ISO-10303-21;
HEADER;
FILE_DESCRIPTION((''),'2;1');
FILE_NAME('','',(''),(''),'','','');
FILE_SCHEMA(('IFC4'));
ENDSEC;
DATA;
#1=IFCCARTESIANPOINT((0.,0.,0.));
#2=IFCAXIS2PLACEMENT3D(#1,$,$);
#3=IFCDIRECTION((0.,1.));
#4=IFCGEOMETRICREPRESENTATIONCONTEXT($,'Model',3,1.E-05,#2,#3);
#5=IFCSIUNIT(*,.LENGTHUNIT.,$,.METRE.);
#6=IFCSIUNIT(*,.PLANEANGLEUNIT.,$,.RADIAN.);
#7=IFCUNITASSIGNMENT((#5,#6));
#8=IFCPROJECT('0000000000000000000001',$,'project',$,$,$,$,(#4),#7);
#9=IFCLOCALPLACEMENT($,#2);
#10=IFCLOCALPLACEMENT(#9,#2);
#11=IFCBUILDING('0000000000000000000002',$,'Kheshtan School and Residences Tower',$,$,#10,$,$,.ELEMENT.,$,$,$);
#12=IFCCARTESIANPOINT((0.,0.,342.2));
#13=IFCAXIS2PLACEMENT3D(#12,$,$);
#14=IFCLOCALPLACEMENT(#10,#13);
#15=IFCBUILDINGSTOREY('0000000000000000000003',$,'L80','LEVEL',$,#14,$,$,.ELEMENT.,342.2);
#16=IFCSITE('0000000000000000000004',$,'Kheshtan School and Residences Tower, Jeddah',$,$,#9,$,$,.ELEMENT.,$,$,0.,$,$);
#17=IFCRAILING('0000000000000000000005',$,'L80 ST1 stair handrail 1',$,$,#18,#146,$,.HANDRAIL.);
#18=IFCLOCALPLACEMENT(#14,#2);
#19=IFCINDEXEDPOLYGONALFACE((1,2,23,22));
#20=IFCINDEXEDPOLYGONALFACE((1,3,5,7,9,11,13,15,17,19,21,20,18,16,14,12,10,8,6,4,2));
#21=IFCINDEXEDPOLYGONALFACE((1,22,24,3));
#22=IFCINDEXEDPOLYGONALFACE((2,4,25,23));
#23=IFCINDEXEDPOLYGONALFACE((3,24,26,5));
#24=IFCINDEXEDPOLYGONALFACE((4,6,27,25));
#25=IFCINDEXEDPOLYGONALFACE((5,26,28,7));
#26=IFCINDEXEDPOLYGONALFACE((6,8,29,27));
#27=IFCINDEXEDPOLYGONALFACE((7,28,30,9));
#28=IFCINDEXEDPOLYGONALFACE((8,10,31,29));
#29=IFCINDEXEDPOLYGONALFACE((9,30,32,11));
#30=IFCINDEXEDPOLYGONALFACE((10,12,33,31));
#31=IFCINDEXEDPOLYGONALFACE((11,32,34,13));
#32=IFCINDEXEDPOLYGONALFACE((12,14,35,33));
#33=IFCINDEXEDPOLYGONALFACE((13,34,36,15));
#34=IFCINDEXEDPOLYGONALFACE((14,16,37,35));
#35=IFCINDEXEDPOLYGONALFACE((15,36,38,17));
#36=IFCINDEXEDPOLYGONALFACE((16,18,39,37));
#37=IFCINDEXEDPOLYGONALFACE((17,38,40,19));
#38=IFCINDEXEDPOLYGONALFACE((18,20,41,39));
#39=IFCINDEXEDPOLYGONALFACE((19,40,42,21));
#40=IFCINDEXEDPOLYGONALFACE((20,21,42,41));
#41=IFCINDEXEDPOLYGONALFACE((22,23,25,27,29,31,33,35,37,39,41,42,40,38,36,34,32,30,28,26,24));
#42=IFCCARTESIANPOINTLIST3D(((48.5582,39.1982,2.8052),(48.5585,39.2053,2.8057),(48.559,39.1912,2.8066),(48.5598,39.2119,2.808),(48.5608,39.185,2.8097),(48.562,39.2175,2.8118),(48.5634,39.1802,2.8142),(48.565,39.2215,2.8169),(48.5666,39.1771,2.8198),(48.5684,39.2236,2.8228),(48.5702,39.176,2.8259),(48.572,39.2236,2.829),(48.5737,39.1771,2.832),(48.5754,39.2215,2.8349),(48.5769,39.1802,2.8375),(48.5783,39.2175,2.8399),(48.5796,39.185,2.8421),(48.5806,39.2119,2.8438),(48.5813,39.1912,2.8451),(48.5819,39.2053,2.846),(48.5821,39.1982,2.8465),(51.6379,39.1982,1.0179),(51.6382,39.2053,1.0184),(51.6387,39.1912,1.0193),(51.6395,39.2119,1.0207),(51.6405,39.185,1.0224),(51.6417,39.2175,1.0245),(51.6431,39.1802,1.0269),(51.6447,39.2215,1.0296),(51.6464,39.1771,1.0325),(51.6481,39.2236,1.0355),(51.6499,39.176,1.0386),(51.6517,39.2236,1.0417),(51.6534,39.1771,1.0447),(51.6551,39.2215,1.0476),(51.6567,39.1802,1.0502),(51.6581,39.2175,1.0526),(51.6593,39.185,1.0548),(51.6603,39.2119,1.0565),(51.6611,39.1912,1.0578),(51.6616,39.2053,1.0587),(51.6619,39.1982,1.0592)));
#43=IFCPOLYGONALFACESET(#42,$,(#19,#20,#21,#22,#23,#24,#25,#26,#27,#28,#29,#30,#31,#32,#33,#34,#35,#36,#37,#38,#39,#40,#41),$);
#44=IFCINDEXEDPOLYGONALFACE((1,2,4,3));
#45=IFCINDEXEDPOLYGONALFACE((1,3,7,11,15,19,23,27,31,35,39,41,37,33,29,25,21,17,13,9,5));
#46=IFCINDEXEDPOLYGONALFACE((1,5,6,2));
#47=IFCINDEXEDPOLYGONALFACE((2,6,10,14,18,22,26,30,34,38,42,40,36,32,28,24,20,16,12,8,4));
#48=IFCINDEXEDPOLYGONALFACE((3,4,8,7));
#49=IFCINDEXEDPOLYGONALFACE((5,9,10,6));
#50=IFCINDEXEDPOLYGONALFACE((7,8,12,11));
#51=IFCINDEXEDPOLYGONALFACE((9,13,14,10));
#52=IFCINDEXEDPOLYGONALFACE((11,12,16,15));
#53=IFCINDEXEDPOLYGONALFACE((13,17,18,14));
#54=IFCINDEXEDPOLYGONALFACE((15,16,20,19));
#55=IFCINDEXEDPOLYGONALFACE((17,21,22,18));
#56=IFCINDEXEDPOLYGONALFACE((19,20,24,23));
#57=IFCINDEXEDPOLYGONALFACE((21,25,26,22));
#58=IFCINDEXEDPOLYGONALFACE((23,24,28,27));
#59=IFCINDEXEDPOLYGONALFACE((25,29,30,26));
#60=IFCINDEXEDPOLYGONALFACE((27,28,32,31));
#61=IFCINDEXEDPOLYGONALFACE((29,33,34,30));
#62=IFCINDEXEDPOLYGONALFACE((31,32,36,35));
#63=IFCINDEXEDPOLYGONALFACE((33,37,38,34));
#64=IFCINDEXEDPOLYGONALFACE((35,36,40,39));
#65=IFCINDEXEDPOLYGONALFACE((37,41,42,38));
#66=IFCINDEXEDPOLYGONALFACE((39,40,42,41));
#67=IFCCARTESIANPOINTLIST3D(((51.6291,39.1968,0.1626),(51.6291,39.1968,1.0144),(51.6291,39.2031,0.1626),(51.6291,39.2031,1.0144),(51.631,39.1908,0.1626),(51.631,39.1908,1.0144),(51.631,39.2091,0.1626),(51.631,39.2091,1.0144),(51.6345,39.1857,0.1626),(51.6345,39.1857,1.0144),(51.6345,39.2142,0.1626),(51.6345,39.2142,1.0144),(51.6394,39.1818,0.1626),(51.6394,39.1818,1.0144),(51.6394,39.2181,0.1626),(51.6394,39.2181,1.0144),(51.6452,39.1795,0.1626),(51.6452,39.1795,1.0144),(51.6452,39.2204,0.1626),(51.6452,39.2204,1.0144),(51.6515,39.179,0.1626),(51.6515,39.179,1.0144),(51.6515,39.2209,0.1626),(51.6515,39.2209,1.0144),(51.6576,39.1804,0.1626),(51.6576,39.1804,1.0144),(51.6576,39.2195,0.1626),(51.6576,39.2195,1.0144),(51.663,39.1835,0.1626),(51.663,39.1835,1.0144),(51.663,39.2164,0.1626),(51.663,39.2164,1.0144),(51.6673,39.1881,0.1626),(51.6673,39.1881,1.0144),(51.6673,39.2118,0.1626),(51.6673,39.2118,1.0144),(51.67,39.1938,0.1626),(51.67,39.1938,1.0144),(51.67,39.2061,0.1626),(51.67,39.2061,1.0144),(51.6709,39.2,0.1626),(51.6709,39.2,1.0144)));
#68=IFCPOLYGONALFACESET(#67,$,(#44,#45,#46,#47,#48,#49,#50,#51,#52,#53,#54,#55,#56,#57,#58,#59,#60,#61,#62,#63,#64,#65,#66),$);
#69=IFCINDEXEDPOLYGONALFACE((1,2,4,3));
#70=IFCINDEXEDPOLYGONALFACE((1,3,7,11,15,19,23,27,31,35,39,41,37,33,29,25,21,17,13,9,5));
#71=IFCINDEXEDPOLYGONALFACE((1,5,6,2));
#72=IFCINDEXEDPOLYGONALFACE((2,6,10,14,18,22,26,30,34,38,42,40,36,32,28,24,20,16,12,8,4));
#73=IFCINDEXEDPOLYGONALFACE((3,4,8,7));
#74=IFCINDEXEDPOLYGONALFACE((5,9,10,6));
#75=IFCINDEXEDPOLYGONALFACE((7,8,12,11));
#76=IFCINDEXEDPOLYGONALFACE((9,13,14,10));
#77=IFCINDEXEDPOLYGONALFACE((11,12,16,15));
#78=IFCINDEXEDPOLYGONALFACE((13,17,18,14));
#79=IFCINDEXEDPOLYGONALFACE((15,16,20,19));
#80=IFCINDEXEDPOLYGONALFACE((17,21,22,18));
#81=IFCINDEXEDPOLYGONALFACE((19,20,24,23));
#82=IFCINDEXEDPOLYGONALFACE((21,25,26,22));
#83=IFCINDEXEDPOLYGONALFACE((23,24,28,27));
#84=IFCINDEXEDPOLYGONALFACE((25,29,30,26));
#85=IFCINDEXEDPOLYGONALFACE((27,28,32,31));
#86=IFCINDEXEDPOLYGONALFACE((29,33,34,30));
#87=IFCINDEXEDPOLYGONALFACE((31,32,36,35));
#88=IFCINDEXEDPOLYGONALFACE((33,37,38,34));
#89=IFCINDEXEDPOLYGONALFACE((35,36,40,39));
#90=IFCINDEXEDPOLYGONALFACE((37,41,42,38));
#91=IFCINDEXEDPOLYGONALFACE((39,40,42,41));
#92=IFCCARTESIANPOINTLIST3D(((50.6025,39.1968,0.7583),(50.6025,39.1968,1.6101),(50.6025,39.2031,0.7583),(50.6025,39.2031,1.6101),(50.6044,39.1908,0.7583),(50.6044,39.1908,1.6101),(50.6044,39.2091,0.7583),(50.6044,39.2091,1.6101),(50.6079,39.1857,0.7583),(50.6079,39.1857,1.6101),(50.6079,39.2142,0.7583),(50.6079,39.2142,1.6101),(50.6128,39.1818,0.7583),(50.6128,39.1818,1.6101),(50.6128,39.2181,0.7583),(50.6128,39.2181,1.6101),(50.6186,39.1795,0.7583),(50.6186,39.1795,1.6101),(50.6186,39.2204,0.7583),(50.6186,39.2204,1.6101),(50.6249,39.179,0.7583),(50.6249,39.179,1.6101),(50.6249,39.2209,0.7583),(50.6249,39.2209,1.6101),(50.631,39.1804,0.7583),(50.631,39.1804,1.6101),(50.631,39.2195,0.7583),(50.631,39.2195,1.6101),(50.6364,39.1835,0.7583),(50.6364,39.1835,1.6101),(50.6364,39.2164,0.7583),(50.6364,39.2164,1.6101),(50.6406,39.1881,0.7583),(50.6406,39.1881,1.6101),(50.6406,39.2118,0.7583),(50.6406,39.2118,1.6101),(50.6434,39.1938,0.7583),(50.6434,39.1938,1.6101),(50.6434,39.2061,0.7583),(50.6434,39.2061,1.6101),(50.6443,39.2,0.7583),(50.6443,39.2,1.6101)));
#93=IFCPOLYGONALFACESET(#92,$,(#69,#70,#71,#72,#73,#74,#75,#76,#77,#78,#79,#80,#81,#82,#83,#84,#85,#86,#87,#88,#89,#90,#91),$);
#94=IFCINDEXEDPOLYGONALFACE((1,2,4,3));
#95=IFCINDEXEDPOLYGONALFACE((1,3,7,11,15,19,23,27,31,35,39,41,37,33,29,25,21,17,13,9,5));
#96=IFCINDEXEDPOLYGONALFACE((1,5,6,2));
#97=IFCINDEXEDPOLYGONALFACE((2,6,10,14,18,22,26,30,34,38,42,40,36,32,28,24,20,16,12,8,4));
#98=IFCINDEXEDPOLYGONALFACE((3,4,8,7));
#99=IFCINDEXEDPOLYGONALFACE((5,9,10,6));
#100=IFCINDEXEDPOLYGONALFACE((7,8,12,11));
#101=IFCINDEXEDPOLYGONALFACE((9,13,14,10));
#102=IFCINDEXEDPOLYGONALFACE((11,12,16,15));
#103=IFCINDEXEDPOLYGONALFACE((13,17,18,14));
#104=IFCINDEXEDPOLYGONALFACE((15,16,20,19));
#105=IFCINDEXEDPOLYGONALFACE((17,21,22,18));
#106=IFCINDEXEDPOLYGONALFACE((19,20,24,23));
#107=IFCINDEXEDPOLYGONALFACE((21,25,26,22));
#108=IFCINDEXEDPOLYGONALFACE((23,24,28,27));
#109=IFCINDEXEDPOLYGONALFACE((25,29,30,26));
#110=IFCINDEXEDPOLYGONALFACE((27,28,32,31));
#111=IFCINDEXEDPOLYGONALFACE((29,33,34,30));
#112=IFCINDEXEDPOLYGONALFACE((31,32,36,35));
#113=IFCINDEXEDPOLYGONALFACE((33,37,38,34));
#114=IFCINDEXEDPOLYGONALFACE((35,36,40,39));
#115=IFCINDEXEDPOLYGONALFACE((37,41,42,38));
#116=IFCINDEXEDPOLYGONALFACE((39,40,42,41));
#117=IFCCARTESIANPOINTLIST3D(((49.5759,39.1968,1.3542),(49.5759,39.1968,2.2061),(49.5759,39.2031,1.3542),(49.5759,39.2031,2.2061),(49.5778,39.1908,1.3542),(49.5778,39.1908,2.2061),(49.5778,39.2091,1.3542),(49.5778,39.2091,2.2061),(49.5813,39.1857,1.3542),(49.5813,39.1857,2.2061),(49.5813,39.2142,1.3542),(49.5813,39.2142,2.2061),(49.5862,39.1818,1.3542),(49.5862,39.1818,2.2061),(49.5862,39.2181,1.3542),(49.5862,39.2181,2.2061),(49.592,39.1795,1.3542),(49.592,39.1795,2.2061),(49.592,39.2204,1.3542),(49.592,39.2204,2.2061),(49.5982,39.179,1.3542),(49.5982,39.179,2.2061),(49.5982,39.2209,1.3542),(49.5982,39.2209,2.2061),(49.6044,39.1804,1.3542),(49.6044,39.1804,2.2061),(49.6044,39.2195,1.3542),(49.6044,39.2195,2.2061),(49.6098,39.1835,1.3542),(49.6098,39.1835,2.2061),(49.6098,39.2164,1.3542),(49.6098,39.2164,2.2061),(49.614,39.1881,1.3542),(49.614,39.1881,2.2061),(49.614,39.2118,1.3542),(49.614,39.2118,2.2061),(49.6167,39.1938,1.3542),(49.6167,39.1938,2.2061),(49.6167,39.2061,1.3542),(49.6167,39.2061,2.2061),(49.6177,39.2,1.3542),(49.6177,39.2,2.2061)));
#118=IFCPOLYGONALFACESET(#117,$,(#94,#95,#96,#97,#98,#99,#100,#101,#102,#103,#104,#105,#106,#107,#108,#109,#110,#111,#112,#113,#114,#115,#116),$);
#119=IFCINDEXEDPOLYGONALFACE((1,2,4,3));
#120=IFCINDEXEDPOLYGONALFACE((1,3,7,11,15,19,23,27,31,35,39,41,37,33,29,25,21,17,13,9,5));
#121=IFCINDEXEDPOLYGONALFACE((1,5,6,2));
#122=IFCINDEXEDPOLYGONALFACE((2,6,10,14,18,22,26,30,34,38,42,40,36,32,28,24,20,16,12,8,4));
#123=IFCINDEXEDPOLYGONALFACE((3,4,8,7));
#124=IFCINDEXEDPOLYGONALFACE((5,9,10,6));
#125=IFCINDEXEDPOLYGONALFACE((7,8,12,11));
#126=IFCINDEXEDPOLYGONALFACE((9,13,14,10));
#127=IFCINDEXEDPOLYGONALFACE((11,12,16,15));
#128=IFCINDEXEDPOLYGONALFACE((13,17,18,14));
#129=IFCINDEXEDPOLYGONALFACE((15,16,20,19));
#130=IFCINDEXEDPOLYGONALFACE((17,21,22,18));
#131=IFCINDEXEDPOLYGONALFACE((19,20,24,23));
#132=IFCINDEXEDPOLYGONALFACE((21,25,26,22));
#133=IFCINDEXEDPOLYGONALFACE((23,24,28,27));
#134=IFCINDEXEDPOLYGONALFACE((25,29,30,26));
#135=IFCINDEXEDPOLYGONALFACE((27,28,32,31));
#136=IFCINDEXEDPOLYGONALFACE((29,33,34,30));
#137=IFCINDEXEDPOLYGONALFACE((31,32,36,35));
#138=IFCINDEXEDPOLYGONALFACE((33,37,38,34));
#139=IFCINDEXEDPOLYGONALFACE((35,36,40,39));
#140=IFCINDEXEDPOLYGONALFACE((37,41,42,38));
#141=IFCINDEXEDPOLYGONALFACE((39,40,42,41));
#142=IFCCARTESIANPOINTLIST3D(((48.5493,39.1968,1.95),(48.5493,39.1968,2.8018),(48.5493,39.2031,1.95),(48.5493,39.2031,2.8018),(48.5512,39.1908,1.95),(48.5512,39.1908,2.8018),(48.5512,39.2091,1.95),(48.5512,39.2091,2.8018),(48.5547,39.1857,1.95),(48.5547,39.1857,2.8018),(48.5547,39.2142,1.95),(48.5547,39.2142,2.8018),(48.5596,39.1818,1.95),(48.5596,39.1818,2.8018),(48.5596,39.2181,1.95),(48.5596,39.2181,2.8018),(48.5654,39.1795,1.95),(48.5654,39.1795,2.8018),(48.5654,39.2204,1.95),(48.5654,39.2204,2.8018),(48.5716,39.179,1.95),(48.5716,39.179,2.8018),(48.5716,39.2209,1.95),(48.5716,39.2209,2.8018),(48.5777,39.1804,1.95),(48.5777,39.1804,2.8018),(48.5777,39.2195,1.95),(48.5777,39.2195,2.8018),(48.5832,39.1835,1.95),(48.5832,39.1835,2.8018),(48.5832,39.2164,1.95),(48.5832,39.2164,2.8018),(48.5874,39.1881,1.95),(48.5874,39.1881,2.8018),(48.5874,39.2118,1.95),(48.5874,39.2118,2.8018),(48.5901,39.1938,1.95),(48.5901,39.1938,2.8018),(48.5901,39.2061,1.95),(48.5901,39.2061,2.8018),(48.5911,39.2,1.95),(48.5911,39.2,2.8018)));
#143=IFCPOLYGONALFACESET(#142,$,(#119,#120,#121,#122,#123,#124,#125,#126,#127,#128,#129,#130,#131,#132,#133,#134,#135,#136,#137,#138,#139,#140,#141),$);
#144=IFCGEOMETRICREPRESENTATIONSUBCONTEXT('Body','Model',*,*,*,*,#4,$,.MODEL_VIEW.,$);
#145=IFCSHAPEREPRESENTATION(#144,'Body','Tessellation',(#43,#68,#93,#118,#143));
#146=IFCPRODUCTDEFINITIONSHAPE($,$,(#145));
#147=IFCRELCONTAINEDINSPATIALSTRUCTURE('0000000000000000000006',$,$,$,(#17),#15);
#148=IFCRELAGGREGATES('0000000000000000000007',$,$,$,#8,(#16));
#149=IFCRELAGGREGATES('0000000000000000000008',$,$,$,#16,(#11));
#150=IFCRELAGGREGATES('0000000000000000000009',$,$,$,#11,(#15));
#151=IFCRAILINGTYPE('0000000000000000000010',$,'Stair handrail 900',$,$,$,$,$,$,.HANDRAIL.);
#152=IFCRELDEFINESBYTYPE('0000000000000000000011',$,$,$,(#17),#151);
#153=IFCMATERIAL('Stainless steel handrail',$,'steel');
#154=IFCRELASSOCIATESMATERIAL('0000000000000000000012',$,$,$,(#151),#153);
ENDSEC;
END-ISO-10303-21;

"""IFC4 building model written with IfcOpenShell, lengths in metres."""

from ifc_helpers import new_model, si_unit, direction, frame, origin, origin_2d, place, context, subcontext, project, spatial, circle, extrude, material, type_object, element, save


model = new_model("IFC4")

# Units and contexts
model_context = context("Model", 3, precision=1e-05, world=origin(), true_north=direction((0.0, 1.0)))
body_context = subcontext(model_context, "Body", "Model", "MODEL_VIEW")
ifc_project = project(units=[si_unit("LENGTHUNIT", "METRE"), si_unit("PLANEANGLEUNIT", "RADIAN")], contexts=[model_context])

# Site, building, storey
site_placement = place(None, origin())
site = spatial("IfcSite", under=ifc_project, at=site_placement, Name="Kheshtan School and Residences Tower, Jeddah", CompositionType="ELEMENT", RefElevation=0.0)
building_placement = place(site_placement, origin())
building = spatial("IfcBuilding", under=site, at=building_placement, Name="Kheshtan School and Residences Tower", CompositionType="ELEMENT")
storey_placement = place(building_placement, frame((0.0, 0.0, 342.2)))
storey = spatial("IfcBuildingStorey", under=building, at=storey_placement, Name="L80", Description="LEVEL", CompositionType="ELEMENT", Elevation=342.2)

# Railing
ifc_material_1 = material(Name="Stainless steel handrail", Category="steel")
railing_type_1 = type_object("IfcRailingType", Name="Stair handrail 900", PredefinedType="HANDRAIL", material=ifc_material_1)
railing_1_placement = place(storey_placement, frame((51.6499, 39.2, 0.1626)))
element("IfcRailing", 1, at=railing_1_placement, inside=storey, type_object=railing_type_1, Name="L80 ST1 stair handrail 1", PredefinedType="HANDRAIL", context=body_context, shape_type="SweptSolid", body=[
    extrude(circle(Radius=0.0239, at=origin_2d()), frame((0.0, 0.0, 0.876), z_axis=(-0.864903, 0.0, 0.501939), x_axis=(0.0, -1.0, 0.0)), (0.0, 0.0, 1.0), 3.5608),
    extrude(circle(Radius=0.021, at=origin_2d()), origin(), (0.0, 0.0, 1.0), 0.8518),
    extrude(circle(Radius=0.021, at=origin_2d()), frame((-1.0266, 0.0, 0.5957)), (0.0, 0.0, 1.0), 0.8518),
    extrude(circle(Radius=0.021, at=origin_2d()), frame((-2.0532, 0.0, 1.1917)), (0.0, 0.0, 1.0), 0.8518),
    extrude(circle(Radius=0.021, at=origin_2d()), frame((-3.0798, 0.0, 1.7874)), (0.0, 0.0, 1.0), 0.8518),
])

save(model, "model.ifc")
